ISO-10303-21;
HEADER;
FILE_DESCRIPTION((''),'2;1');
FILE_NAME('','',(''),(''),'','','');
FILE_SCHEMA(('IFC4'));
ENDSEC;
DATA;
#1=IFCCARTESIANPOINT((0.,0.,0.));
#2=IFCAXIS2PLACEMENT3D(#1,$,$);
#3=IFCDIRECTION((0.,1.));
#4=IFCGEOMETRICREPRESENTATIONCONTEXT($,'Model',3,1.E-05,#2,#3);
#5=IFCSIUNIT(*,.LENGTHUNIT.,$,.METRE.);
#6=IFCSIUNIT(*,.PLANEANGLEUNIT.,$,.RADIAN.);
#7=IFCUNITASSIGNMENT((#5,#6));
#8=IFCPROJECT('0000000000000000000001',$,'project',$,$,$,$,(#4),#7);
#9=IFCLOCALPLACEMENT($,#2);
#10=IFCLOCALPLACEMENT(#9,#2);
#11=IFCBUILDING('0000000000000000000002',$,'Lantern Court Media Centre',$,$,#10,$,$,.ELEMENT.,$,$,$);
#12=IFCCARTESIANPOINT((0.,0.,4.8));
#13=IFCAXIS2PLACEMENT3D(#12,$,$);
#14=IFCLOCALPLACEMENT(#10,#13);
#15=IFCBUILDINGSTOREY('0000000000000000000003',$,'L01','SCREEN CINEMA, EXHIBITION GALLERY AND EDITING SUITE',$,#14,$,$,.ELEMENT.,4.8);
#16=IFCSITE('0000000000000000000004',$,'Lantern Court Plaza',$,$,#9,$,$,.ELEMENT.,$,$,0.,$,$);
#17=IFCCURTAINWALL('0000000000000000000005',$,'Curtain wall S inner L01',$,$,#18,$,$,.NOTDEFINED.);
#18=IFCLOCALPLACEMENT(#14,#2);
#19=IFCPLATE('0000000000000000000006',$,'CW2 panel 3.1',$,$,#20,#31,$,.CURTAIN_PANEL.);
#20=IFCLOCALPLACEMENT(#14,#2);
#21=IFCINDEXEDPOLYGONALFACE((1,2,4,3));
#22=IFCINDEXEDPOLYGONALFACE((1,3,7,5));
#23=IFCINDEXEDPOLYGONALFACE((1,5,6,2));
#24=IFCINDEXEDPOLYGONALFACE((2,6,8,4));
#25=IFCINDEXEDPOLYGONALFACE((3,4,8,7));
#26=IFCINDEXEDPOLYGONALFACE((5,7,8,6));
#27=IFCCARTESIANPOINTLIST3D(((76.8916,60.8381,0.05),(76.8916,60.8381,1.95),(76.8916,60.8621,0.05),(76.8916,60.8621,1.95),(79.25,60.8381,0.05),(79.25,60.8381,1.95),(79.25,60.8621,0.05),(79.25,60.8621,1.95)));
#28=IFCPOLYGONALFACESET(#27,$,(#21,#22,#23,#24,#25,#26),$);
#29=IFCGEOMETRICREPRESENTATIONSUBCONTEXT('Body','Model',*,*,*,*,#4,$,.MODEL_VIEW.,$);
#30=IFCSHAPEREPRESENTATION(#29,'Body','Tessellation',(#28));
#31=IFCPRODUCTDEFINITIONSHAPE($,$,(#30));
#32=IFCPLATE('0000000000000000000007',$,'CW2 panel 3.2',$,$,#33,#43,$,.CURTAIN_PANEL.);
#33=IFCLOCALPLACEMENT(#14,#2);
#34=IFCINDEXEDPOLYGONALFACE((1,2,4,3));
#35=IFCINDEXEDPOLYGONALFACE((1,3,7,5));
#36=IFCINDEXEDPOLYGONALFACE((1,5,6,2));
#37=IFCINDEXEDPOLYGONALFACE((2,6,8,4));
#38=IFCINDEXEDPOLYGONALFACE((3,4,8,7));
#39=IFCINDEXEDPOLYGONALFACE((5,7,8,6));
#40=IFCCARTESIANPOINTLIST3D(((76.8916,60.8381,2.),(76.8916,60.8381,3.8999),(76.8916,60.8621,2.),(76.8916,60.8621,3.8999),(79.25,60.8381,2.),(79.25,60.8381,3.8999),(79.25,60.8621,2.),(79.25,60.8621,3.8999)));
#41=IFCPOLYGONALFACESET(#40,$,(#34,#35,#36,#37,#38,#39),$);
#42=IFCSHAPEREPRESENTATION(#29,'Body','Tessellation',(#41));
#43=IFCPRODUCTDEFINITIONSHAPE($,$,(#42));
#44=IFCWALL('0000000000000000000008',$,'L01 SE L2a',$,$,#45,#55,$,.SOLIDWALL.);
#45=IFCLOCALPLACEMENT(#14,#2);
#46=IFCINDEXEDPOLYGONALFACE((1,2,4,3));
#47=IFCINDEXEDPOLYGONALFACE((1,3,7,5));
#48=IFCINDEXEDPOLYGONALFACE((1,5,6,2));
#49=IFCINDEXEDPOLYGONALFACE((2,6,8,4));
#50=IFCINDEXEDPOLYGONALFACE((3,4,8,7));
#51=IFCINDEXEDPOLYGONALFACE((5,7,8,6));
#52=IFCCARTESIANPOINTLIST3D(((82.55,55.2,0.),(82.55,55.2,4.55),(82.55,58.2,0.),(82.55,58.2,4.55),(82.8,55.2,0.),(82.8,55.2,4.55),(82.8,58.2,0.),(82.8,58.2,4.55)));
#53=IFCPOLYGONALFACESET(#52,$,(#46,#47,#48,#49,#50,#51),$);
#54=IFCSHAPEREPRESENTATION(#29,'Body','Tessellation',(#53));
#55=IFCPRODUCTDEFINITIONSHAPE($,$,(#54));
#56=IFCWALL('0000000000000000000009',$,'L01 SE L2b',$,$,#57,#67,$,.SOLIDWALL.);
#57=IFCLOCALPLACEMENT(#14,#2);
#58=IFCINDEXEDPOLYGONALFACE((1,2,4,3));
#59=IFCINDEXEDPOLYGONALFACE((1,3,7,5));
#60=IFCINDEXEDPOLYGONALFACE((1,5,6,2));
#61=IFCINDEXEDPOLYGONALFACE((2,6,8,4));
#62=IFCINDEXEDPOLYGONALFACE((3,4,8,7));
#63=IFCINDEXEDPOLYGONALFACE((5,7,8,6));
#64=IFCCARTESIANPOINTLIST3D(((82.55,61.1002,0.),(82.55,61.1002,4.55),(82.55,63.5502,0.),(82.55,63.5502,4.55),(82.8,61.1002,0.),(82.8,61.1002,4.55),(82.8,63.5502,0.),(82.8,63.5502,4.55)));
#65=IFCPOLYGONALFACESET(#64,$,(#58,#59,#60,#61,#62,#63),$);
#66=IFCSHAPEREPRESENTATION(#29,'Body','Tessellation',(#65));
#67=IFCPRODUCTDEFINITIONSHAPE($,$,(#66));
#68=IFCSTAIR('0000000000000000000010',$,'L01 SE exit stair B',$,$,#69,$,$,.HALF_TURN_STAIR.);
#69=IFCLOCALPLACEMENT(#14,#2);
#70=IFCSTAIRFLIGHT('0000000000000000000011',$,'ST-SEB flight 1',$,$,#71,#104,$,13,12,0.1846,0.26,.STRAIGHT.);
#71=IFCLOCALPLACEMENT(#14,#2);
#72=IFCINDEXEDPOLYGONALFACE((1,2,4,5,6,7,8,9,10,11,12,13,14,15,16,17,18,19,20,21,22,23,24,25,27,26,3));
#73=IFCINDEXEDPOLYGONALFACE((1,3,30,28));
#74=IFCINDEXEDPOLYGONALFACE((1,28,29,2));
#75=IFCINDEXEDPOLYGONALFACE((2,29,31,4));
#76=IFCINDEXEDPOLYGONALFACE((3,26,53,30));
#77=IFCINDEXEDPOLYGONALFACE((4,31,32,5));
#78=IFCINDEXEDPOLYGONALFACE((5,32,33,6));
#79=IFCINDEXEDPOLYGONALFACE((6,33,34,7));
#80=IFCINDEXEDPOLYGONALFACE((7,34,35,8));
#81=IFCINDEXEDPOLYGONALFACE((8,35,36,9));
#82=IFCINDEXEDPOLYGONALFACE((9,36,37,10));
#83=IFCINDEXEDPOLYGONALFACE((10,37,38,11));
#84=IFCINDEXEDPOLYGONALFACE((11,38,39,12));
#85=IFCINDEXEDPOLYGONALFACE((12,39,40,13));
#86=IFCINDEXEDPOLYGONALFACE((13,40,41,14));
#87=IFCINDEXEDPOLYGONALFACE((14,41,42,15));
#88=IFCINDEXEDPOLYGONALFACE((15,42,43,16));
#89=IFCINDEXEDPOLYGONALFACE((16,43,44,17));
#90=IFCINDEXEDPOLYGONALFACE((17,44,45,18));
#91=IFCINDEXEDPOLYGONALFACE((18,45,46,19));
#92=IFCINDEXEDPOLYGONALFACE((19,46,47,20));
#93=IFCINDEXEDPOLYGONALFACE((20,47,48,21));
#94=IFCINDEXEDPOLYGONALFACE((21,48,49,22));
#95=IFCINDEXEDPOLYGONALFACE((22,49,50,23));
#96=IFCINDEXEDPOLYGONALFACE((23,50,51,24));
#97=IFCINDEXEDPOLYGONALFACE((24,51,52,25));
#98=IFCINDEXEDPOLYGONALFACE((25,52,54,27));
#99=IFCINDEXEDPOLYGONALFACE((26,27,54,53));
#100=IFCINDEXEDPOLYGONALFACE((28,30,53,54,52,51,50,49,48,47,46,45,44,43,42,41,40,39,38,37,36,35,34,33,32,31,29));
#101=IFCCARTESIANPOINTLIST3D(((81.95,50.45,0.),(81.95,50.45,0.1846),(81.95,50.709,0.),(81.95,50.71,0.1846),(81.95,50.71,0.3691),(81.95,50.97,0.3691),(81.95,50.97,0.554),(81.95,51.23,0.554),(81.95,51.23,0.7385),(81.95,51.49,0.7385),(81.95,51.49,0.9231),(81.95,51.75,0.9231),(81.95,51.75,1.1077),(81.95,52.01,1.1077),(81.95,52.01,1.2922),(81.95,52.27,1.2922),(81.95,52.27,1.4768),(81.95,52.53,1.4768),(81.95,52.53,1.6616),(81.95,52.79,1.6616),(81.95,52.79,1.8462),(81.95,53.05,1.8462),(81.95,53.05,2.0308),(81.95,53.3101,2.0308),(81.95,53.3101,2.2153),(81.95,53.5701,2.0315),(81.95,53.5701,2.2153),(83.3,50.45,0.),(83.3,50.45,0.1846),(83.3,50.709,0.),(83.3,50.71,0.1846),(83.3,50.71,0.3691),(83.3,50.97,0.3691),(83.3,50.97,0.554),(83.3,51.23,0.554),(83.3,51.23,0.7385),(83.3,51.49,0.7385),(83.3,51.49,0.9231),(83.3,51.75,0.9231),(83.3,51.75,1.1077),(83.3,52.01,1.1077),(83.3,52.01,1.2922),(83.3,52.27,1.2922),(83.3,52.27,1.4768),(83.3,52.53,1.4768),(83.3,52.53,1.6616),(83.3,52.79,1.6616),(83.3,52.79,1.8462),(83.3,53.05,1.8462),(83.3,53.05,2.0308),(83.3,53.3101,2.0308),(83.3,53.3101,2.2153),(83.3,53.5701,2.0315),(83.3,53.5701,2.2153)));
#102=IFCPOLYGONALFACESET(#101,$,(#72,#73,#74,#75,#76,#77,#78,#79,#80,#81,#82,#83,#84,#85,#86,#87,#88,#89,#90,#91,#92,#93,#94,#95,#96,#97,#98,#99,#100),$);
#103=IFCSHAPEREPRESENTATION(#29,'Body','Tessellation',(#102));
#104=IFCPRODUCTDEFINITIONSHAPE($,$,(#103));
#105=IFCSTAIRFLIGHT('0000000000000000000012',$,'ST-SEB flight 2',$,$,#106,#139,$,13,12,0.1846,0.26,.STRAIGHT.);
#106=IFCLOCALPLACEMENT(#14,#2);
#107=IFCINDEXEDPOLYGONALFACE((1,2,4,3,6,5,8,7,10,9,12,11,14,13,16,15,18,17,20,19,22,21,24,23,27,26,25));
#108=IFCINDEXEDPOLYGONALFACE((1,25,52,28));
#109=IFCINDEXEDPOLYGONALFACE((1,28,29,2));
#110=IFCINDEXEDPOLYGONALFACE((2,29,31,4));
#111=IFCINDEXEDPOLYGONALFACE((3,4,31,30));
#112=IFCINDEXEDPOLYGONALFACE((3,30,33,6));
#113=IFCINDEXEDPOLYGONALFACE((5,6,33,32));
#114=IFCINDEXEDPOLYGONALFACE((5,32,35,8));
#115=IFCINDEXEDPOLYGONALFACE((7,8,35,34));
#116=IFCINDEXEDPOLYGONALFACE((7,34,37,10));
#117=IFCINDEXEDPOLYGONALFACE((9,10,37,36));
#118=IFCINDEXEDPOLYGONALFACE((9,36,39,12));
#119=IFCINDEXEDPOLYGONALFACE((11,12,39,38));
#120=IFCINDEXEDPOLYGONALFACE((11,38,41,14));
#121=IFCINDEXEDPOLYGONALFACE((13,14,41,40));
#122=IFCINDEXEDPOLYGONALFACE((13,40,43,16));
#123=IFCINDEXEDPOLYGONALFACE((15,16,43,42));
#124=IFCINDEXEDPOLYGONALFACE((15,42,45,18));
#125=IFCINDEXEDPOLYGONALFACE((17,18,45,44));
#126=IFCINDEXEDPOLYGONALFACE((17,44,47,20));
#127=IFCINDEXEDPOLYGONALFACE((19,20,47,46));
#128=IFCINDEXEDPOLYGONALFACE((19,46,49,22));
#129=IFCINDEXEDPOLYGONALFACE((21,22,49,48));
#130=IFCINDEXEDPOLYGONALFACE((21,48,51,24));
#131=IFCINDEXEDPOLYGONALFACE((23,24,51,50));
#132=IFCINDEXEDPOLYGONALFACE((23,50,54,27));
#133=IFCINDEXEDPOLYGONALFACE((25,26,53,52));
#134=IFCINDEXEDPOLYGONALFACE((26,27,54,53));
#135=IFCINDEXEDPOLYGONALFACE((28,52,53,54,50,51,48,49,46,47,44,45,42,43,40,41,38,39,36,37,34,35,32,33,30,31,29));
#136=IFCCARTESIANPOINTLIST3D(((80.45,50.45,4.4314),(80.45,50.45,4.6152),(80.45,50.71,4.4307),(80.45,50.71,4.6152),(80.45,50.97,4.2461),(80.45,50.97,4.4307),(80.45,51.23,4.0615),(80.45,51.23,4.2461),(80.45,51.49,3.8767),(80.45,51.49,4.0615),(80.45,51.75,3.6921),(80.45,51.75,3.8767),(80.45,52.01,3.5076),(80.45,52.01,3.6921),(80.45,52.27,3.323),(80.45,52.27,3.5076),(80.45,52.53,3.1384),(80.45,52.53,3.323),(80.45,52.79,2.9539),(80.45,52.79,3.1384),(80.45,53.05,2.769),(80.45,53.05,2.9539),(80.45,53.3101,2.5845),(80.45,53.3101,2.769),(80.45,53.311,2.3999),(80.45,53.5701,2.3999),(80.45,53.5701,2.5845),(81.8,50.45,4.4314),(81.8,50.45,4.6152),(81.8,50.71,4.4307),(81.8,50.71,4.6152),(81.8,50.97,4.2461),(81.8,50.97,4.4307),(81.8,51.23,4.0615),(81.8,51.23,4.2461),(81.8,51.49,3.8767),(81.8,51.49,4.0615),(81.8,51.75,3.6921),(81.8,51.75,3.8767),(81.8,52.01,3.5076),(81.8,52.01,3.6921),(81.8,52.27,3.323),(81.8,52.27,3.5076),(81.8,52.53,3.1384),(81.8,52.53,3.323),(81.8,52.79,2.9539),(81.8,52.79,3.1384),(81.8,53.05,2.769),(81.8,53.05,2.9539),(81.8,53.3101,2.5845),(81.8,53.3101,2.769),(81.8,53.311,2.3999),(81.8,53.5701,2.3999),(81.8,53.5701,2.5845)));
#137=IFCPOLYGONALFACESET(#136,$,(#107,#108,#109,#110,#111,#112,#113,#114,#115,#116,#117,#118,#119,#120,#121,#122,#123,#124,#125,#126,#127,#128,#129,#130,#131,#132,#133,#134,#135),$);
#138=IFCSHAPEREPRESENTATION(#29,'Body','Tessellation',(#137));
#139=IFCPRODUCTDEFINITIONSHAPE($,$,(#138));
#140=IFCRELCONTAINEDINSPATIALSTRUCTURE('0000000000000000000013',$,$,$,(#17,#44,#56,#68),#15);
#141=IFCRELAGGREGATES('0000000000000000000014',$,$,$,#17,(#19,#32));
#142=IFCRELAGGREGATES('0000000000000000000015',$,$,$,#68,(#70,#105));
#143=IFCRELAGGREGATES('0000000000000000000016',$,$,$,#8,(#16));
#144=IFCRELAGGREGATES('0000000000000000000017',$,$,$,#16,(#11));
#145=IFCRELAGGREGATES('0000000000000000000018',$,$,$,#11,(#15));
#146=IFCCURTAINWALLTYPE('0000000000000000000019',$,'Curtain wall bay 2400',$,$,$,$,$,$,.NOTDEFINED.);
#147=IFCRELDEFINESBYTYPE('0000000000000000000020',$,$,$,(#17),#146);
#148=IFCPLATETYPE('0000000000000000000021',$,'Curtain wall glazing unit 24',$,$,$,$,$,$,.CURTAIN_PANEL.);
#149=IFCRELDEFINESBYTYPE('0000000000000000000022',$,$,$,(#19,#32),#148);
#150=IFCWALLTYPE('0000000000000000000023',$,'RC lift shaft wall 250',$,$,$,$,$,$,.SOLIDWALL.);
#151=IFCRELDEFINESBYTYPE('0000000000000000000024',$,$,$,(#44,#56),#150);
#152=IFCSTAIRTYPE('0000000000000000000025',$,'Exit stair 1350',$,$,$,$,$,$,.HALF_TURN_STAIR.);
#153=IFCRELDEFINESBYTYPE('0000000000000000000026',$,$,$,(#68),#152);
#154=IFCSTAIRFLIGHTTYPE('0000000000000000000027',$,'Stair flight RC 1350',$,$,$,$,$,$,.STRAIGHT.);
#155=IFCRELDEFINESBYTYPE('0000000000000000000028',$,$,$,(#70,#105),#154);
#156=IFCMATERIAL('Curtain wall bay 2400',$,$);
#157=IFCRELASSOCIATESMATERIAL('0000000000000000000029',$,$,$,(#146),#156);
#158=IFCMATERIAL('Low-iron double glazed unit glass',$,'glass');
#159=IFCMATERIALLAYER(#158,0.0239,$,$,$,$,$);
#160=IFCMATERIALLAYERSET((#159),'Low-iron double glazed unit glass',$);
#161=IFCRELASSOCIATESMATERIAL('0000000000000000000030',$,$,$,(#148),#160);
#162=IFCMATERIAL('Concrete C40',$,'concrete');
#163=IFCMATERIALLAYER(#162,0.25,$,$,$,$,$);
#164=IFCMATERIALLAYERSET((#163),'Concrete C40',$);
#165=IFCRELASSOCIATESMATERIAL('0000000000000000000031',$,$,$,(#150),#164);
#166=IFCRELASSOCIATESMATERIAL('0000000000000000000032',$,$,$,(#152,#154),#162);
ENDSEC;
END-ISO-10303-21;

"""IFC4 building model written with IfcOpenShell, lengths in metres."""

from ifc_helpers import new_model, si_unit, direction, frame, frame_2d, origin, origin_2d, place, context, subcontext, project, spatial, polyline, rectangle, outline, extrude, material, layer, layer_set, type_object, element, aggregate, save


model = new_model("IFC4")

# Units and contexts
model_context = context("Model", 3, precision=1e-05, world=origin(), true_north=direction((0.0, 1.0)))
body_context = subcontext(model_context, "Body", "Model", "MODEL_VIEW")
ifc_project = project(units=[si_unit("LENGTHUNIT", "METRE"), si_unit("PLANEANGLEUNIT", "RADIAN")], contexts=[model_context])

# Site, building, storey
site_placement = place(None, origin())
site = spatial("IfcSite", under=ifc_project, at=site_placement, Name="Lantern Court Plaza", CompositionType="ELEMENT", RefElevation=0.0)
building_placement = place(site_placement, origin())
building = spatial("IfcBuilding", under=site, at=building_placement, Name="Lantern Court Media Centre", CompositionType="ELEMENT")
storey_placement = place(building_placement, frame((0.0, 0.0, 4.8)))
storey = spatial("IfcBuildingStorey", under=building, at=storey_placement, Name="L01", Description="SCREEN CINEMA, EXHIBITION GALLERY AND EDITING SUITE", CompositionType="ELEMENT", Elevation=4.8)

# Curtain wall
ifc_material_1 = material(Name="Curtain wall bay 2400")
curtain_wall_type = type_object("IfcCurtainWallType", Name="Curtain wall bay 2400", PredefinedType="NOTDEFINED", material=ifc_material_1)
curtain_wall_placement = place(storey_placement, origin())
curtain_wall = element("IfcCurtainWall", 1, at=curtain_wall_placement, inside=storey, type_object=curtain_wall_type, Name="Curtain wall S inner L01", PredefinedType="NOTDEFINED")

# Plates
ifc_material_2 = material(Name="Low-iron double glazed unit glass", Category="glass")
ifc_layer_1 = layer(ifc_material_2, 0.0239)
ifc_layer_set_1 = layer_set([ifc_layer_1], Name="Low-iron double glazed unit glass")
plate_type = type_object("IfcPlateType", Name="Curtain wall glazing unit 24", PredefinedType="CURTAIN_PANEL", material=ifc_layer_set_1)
plate_1_placement = place(storey_placement, frame((78.0708, 60.8501, 0.05), z_axis=(0.0, 0.0, 1.0), x_axis=(1.0, 0.0, 0.0)))
plate_1 = element("IfcPlate", 2, at=plate_1_placement, type_object=plate_type, Name="CW2 panel 3.1", PredefinedType="CURTAIN_PANEL", context=body_context, shape_type="SweptSolid", body=[
    extrude(rectangle(XDim=2.3584, YDim=0.0239, at=origin_2d()), origin(), (0.0, 0.0, 1.0), 1.8999),
])
plate_2_placement = place(storey_placement, frame((78.0708, 60.8501, 2.0), z_axis=(0.0, 0.0, 1.0), x_axis=(1.0, 0.0, 0.0)))
plate_2 = element("IfcPlate", 3, at=plate_2_placement, type_object=plate_type, Name="CW2 panel 3.2", PredefinedType="CURTAIN_PANEL", context=body_context, shape_type="SweptSolid", body=[
    extrude(rectangle(XDim=2.3584, YDim=0.0239, at=origin_2d()), origin(), (0.0, 0.0, 1.0), 1.8999),
])
aggregate(curtain_wall, [plate_1, plate_2])

# Walls
ifc_material_3 = material(Name="Concrete C40", Category="concrete")
ifc_layer_2 = layer(ifc_material_3, 0.25)
ifc_layer_set_2 = layer_set([ifc_layer_2], Name="Concrete C40")
wall_type = type_object("IfcWallType", Name="RC lift shaft wall 250", PredefinedType="SOLIDWALL", material=ifc_layer_set_2)
wall_1_placement = place(storey_placement, frame((82.675, 55.2, 0.0), z_axis=(0.0, 0.0, 1.0), x_axis=(0.0, 1.0, 0.0)))
element("IfcWall", 4, at=wall_1_placement, inside=storey, type_object=wall_type, Name="L01 SE L2a", PredefinedType="SOLIDWALL", context=body_context, shape_type="SweptSolid", body=[
    extrude(rectangle(XDim=3.0, YDim=0.25, at=frame_2d((1.5, 0.0))), origin(), (0.0, 0.0, 1.0), 4.55),
])
wall_2_placement = place(storey_placement, frame((82.675, 61.1001, 0.0), z_axis=(0.0, 0.0, 1.0), x_axis=(0.0, 1.0, 0.0)))
element("IfcWall", 5, at=wall_2_placement, inside=storey, type_object=wall_type, Name="L01 SE L2b", PredefinedType="SOLIDWALL", context=body_context, shape_type="SweptSolid", body=[
    extrude(rectangle(XDim=2.45, YDim=0.25, at=frame_2d((1.2251, 0.0))), origin(), (0.0, 0.0, 1.0), 4.55),
])

# Stair, stair flights
stair_type = type_object("IfcStairType", Name="Exit stair 1350", PredefinedType="HALF_TURN_STAIR", material=ifc_material_3)
stair_placement = place(storey_placement, origin())
stair = element("IfcStair", 6, at=stair_placement, inside=storey, type_object=stair_type, Name="L01 SE exit stair B", PredefinedType="HALF_TURN_STAIR")
stair_flight_type = type_object("IfcStairFlightType", Name="Stair flight RC 1350", PredefinedType="STRAIGHT", material=ifc_material_3)
stair_flight_1_placement = place(storey_placement, frame((82.625, 50.45, 0.0), z_axis=(0.0, 0.0, 1.0), x_axis=(0.0, 1.0, 0.0)))
stair_flight_1 = element("IfcStairFlight", 7, at=stair_flight_1_placement, type_object=stair_flight_type, Name="ST-SEB flight 1", NumberOfRisers=13, NumberOfTreads=12, PredefinedType="STRAIGHT", RiserHeight=0.1846, TreadLength=0.26, context=body_context, shape_type="SweptSolid", body=[
    extrude(outline(polyline([(0.0, 0.0), (0.0, 0.1846), (0.26, 0.1846), (0.26, 0.3691), (0.52, 0.3691), (0.52, 0.554), (0.78, 0.554), (0.78, 0.7385), (1.04, 0.7385), (1.04, 0.9231), (1.3, 0.9231), (1.3, 1.1077), (1.5601, 1.1077), (1.5601, 1.2922), (1.8201, 1.2922), (1.8201, 1.4768), (2.0801, 1.4768), (2.0801, 1.6616), (2.3401, 1.6616), (2.3401, 1.8462), (2.6001, 1.8462), (2.6001, 2.0308), (2.8601, 2.0308), (2.8601, 2.2153), (3.1201, 2.2153), (3.1201, 2.3999), (3.1201, 2.0315), (0.259, 0.0), (0.0, 0.0)])), frame((0.0, 0.675, 0.0), z_axis=(0.0, -1.0, 0.0), x_axis=(1.0, 0.0, 0.0)), (0.0, 0.0, 1.0), 1.3501),
])
stair_flight_2_placement = place(storey_placement, frame((81.125, 53.5701, 2.3999), z_axis=(0.0, 0.0, 1.0), x_axis=(0.0, -1.0, 0.0)))
stair_flight_2 = element("IfcStairFlight", 8, at=stair_flight_2_placement, type_object=stair_flight_type, Name="ST-SEB flight 2", NumberOfRisers=13, NumberOfTreads=12, PredefinedType="STRAIGHT", RiserHeight=0.1846, TreadLength=0.26, context=body_context, shape_type="SweptSolid", body=[
    extrude(outline(polyline([(0.0, 0.0), (0.0, 0.1846), (0.26, 0.1846), (0.26, 0.3691), (0.52, 0.3691), (0.52, 0.554), (0.78, 0.554), (0.78, 0.7385), (1.04, 0.7385), (1.04, 0.9231), (1.3, 0.9231), (1.3, 1.1077), (1.5601, 1.1077), (1.5601, 1.2922), (1.8201, 1.2922), (1.8201, 1.4768), (2.0801, 1.4768), (2.0801, 1.6616), (2.3401, 1.6616), (2.3401, 1.8462), (2.6001, 1.8462), (2.6001, 2.0308), (2.8601, 2.0308), (2.8601, 2.2153), (3.1201, 2.2153), (3.1201, 2.3999), (3.1201, 2.0315), (0.259, 0.0), (0.0, 0.0)])), frame((0.0, 0.675, 0.0), z_axis=(0.0, -1.0, 0.0), x_axis=(1.0, 0.0, 0.0)), (0.0, 0.0, 1.0), 1.3501),
])
aggregate(stair, [stair_flight_1, stair_flight_2])

save(model, "model.ifc")
